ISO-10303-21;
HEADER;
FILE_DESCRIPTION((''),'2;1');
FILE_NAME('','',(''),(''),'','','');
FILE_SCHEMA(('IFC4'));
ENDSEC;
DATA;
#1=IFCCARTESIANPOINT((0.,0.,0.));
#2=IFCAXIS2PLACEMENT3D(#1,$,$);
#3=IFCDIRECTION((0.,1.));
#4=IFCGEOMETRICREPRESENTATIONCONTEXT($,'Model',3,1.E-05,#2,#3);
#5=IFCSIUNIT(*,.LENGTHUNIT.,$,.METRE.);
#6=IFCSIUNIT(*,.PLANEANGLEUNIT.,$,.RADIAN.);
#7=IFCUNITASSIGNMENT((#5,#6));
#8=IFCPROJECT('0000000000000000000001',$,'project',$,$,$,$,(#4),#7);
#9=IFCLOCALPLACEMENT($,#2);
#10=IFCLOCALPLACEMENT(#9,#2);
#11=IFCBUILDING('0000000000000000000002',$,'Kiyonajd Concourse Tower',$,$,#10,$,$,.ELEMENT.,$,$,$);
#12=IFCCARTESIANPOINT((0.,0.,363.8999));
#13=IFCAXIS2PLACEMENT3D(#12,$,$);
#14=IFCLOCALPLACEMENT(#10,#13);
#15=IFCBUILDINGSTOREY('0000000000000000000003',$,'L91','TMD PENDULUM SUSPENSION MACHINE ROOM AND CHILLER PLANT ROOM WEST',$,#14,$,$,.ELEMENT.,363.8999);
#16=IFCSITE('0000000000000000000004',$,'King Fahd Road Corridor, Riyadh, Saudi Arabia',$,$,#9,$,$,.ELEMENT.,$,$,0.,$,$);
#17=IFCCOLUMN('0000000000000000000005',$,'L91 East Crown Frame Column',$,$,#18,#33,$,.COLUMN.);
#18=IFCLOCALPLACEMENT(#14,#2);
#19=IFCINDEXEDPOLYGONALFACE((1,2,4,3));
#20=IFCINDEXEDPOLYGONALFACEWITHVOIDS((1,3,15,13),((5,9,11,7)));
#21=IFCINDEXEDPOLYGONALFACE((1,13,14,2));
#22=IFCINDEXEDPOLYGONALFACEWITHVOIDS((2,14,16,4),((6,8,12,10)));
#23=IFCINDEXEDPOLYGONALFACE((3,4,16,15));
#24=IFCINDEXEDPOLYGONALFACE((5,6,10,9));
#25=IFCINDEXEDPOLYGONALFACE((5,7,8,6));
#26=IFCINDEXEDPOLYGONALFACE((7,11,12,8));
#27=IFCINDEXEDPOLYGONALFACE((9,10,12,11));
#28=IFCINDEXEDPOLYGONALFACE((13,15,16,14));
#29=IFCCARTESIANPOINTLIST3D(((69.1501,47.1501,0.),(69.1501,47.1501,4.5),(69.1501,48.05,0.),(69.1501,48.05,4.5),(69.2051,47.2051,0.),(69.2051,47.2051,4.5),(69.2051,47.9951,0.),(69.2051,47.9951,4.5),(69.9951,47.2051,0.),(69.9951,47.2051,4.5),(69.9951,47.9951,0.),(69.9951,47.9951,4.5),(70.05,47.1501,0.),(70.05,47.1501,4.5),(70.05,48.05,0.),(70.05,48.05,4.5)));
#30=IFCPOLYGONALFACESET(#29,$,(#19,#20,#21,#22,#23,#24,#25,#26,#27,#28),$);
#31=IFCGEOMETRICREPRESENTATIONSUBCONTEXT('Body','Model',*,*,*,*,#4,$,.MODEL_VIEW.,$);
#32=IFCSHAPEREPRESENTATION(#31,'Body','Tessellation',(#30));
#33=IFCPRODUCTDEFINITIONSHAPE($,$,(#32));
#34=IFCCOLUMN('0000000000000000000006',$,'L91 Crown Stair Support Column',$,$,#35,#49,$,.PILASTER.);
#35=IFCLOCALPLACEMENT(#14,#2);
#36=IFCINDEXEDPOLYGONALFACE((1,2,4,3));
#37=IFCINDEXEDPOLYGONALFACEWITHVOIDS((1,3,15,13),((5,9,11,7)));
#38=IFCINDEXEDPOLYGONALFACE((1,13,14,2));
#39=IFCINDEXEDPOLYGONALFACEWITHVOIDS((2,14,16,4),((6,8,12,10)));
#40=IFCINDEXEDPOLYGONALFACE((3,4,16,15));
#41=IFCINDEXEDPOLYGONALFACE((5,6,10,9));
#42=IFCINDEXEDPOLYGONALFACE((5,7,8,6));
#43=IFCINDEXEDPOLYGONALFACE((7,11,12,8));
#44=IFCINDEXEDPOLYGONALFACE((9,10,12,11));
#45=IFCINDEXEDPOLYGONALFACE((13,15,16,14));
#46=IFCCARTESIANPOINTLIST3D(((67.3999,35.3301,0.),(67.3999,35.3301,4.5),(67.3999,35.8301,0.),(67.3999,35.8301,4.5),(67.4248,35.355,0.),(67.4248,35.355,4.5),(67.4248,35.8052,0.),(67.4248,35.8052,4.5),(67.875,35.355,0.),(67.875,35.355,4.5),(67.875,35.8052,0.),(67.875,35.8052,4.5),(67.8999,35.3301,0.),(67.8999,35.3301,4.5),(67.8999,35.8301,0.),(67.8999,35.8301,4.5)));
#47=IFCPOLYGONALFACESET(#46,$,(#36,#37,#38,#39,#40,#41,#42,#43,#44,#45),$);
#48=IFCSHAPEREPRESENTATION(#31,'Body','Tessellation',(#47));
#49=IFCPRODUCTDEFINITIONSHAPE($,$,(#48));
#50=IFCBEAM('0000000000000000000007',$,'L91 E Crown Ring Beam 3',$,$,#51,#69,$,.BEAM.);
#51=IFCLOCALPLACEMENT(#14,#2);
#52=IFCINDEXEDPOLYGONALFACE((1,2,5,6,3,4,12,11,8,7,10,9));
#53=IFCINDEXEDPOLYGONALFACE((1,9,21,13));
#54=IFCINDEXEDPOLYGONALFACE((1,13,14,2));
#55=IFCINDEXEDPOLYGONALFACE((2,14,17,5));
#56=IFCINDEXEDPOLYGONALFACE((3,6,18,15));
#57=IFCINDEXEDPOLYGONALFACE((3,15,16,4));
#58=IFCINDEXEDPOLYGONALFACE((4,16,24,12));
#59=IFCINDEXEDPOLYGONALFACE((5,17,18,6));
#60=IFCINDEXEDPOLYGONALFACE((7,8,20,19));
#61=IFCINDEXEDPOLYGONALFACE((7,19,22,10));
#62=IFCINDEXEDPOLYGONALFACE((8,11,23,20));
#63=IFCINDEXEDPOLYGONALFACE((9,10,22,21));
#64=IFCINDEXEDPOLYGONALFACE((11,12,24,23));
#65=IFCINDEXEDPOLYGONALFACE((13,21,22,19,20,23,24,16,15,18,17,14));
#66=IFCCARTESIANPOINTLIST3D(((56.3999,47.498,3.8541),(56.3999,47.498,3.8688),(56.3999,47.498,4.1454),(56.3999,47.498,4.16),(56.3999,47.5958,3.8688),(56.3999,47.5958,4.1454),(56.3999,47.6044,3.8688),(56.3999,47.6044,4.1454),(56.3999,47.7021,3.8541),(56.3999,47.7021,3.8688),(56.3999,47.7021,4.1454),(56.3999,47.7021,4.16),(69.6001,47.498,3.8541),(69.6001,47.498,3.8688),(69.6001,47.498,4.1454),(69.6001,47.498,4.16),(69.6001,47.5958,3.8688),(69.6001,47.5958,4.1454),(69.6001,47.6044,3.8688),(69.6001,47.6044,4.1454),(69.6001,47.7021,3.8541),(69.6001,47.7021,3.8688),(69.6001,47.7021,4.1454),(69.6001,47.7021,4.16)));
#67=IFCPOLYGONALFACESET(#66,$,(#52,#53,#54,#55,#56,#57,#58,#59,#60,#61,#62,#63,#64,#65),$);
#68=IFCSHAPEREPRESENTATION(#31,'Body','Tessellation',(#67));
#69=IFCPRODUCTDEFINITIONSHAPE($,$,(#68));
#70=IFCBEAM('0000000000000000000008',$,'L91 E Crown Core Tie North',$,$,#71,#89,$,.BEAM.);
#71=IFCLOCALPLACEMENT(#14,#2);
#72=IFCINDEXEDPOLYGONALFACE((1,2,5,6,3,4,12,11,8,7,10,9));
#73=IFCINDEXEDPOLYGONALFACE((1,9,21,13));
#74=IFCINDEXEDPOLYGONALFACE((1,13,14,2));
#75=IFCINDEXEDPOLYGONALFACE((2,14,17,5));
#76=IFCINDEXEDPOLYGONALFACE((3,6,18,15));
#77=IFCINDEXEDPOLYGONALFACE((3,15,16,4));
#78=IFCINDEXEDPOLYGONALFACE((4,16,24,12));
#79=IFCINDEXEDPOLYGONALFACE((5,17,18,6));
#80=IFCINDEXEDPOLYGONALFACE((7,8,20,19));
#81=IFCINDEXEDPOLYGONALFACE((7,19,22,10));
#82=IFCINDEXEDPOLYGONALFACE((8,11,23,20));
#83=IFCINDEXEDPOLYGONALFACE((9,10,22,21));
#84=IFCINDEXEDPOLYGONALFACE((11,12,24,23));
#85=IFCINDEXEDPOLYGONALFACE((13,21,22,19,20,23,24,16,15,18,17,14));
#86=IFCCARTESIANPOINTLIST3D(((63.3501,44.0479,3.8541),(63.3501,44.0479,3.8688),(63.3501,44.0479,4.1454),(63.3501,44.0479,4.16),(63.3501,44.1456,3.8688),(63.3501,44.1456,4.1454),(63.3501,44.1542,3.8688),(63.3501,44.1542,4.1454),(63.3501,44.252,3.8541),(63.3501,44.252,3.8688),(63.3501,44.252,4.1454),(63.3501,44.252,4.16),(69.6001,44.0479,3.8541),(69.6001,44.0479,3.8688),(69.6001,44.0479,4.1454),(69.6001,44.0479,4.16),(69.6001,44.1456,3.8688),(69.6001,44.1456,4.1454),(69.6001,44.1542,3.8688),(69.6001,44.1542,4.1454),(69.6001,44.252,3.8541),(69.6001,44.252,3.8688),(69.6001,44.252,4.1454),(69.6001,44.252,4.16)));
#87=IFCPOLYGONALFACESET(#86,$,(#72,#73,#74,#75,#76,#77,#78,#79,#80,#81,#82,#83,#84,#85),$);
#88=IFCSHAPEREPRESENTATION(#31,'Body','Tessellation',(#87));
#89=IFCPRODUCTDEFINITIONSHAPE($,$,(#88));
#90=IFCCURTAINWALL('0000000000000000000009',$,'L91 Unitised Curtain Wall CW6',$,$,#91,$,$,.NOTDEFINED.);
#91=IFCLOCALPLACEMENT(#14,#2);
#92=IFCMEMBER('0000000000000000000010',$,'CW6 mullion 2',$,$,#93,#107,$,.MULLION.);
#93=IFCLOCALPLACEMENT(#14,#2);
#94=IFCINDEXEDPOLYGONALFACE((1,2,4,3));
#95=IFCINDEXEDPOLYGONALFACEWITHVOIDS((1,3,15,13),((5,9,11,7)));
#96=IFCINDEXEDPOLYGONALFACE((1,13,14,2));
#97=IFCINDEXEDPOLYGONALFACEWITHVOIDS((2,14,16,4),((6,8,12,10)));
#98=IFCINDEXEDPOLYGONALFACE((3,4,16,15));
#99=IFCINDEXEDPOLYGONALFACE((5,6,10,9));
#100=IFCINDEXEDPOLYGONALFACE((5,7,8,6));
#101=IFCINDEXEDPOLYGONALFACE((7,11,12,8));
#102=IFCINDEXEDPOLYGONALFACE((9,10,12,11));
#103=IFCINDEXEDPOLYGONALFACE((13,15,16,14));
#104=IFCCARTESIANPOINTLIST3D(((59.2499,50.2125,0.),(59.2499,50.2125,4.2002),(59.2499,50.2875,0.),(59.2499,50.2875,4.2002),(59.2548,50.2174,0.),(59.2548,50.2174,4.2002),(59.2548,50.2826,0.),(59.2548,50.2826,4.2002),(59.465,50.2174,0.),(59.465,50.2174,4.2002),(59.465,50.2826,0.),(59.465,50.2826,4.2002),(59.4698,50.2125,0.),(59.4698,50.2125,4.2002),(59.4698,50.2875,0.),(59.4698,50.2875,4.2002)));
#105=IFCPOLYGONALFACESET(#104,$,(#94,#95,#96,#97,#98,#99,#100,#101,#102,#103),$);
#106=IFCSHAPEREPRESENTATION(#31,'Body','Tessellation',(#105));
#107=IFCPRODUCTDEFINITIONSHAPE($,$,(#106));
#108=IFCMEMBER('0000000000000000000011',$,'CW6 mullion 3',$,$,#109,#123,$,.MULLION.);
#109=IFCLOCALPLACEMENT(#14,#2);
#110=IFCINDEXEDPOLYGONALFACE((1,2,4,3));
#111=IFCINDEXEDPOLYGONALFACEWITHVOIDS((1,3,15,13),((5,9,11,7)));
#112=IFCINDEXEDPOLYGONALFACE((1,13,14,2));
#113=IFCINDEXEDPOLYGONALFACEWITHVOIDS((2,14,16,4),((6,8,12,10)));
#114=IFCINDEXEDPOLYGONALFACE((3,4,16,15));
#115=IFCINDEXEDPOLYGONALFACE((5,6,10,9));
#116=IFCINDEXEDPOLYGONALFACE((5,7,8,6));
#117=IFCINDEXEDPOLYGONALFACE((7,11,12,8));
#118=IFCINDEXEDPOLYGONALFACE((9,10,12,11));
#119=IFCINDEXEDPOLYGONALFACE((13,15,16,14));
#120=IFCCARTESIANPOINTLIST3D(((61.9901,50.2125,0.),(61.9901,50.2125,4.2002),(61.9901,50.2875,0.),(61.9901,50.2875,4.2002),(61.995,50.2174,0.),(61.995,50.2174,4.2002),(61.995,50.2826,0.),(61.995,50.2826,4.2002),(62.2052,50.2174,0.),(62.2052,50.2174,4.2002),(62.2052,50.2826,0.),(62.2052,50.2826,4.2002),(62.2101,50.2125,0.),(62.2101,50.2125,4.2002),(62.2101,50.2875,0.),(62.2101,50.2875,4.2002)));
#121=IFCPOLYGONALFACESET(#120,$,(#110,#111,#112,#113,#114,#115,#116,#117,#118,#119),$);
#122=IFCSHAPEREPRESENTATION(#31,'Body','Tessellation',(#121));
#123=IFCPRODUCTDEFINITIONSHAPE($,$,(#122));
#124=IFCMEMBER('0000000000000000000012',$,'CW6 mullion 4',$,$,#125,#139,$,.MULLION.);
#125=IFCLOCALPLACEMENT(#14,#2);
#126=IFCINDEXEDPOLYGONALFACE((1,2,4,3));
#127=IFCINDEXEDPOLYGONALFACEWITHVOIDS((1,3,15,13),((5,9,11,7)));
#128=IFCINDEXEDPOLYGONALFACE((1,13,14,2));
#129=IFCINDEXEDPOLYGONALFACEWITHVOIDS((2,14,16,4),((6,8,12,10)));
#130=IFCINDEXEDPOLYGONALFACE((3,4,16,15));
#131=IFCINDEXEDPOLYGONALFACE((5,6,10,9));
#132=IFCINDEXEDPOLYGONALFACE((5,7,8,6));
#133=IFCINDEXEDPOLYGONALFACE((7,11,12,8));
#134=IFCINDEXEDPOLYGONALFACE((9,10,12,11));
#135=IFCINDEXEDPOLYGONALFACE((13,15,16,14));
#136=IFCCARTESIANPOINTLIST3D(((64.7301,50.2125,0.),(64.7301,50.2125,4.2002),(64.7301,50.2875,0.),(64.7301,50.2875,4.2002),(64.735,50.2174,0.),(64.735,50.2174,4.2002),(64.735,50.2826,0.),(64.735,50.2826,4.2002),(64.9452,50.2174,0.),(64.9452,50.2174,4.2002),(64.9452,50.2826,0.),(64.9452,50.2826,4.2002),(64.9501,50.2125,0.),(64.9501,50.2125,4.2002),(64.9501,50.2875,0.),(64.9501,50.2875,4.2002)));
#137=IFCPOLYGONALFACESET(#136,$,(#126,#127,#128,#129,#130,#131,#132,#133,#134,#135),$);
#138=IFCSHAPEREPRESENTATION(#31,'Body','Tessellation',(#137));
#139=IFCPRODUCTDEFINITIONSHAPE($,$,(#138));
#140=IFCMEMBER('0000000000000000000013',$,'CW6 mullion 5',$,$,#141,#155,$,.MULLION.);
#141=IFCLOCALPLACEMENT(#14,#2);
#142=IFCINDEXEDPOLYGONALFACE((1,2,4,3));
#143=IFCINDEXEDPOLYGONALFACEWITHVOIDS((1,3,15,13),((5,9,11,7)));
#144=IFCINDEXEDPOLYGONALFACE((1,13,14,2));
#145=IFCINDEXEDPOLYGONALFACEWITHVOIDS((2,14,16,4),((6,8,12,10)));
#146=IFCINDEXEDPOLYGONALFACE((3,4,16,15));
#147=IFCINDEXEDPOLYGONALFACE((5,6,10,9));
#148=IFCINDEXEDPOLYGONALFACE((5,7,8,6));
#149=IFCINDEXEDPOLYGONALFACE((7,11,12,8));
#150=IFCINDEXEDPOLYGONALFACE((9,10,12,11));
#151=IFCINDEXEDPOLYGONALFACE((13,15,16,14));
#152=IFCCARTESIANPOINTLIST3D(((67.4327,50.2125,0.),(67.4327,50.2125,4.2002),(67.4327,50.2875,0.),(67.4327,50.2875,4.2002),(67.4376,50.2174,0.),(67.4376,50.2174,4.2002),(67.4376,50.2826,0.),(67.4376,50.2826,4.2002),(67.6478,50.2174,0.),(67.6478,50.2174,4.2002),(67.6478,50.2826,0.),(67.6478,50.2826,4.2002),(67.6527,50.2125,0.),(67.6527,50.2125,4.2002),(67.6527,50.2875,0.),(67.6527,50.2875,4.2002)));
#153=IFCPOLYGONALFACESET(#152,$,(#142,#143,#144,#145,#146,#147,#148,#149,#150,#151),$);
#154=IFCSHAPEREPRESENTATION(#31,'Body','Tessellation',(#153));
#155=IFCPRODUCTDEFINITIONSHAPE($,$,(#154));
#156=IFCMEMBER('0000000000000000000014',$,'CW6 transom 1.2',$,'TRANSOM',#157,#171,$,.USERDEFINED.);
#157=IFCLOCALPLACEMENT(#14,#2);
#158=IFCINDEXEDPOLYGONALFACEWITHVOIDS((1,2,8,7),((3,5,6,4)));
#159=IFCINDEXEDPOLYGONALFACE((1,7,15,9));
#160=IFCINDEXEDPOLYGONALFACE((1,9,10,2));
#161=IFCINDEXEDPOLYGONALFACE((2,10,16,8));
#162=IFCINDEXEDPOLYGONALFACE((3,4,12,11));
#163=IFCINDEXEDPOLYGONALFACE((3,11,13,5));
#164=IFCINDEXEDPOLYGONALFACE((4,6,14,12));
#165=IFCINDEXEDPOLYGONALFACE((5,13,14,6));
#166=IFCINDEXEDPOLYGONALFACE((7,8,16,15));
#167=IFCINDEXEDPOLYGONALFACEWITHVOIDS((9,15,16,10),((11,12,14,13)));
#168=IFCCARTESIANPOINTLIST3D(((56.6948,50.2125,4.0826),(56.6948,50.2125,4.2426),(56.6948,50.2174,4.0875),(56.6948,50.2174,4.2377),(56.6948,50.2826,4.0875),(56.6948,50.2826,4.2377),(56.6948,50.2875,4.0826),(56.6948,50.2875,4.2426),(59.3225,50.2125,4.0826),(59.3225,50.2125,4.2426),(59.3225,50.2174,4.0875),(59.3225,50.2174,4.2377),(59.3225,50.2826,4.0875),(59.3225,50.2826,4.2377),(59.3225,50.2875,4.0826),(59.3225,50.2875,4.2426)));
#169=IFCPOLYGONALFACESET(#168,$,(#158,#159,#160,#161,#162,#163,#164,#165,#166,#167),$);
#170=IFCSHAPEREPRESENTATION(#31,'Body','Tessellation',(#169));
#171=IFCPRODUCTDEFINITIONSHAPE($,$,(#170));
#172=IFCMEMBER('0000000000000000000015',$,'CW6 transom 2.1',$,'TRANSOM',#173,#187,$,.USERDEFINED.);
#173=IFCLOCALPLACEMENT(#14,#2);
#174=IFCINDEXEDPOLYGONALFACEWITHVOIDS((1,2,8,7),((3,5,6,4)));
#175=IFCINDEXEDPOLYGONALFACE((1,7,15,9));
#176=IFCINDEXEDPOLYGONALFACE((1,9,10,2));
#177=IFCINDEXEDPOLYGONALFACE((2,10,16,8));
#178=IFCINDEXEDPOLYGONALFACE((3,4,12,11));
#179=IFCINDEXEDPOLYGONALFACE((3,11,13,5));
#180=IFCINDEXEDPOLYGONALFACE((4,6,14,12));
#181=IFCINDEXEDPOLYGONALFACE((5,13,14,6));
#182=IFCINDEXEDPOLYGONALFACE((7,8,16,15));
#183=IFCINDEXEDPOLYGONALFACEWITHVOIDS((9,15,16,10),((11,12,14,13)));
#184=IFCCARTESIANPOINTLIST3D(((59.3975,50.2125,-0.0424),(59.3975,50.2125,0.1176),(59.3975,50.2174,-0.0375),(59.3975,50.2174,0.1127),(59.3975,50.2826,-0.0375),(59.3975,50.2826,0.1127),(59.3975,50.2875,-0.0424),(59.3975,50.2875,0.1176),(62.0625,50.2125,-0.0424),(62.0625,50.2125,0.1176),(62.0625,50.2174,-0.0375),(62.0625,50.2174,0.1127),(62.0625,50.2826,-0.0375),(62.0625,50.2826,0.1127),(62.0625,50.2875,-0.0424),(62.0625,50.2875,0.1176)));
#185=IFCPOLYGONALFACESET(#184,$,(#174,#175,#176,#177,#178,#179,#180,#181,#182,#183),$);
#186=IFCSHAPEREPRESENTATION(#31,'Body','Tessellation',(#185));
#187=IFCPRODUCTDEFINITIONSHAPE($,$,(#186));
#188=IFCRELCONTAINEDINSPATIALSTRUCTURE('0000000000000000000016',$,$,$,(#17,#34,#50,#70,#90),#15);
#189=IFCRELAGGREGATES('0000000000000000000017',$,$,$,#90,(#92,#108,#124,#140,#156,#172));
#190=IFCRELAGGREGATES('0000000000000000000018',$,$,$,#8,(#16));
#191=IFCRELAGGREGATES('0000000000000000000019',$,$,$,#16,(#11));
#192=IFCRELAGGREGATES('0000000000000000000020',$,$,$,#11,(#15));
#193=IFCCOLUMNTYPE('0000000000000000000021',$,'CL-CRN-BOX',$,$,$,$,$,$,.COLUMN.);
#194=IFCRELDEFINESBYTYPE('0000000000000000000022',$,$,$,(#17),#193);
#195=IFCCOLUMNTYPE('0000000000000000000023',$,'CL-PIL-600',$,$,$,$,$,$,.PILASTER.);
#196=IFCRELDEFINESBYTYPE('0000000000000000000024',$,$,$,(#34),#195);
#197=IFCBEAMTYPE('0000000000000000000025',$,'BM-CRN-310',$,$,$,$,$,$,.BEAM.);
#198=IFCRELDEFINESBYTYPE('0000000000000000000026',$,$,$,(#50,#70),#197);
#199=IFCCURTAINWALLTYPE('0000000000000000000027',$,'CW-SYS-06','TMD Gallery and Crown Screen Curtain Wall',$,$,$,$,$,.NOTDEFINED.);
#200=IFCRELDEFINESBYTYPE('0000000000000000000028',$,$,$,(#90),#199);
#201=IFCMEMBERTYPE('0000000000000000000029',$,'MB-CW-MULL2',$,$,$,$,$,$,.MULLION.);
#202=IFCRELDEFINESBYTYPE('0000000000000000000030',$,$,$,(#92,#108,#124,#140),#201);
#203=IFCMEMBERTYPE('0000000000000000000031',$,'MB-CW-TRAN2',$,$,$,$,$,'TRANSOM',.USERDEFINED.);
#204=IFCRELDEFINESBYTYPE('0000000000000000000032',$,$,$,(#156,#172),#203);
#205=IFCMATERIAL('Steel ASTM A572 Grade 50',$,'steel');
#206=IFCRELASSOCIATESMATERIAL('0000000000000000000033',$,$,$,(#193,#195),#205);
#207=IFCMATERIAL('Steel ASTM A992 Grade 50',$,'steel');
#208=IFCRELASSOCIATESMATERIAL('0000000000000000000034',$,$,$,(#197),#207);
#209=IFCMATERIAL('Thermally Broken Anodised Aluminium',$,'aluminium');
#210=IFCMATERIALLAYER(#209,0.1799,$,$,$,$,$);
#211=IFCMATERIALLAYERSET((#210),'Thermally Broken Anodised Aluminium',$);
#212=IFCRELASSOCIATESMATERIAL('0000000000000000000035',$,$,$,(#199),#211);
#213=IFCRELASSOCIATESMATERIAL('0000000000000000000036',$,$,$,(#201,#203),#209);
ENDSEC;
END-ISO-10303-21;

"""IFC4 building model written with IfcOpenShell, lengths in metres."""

from ifc_helpers import new_model, si_unit, direction, frame, origin, origin_2d, place, context, subcontext, project, spatial, hollow_rectangle, i_section, extrude, material, layer, layer_set, material_profile, profile_set, type_object, element, aggregate, save


model = new_model("IFC4")

# Units and contexts
model_context = context("Model", 3, precision=1e-05, world=origin(), true_north=direction((0.0, 1.0)))
body_context = subcontext(model_context, "Body", "Model", "MODEL_VIEW")
ifc_project = project(units=[si_unit("LENGTHUNIT", "METRE"), si_unit("PLANEANGLEUNIT", "RADIAN")], contexts=[model_context])

# Site, building, storey
site_placement = place(None, origin())
site = spatial("IfcSite", under=ifc_project, at=site_placement, Name="King Fahd Road Corridor, Riyadh, Saudi Arabia", CompositionType="ELEMENT", RefElevation=0.0)
building_placement = place(site_placement, origin())
building = spatial("IfcBuilding", under=site, at=building_placement, Name="Kiyonajd Concourse Tower", CompositionType="ELEMENT")
storey_placement = place(building_placement, frame((0.0, 0.0, 363.8999)))
storey = spatial("IfcBuildingStorey", under=building, at=storey_placement, Name="L91", Description="TMD PENDULUM SUSPENSION MACHINE ROOM AND CHILLER PLANT ROOM WEST", CompositionType="ELEMENT", Elevation=363.8999)

# Columns
ifc_material_1 = material(Name="Steel ASTM A572 Grade 50", Category="steel")
ifc_material_profile_1 = material_profile(ifc_material_1, hollow_rectangle(XDim=0.8999, YDim=0.8999, WallThickness=0.0549, at=origin_2d()), Name="BOX-900x900x55")
ifc_profile_set_1 = profile_set([ifc_material_profile_1], Name="Steel ASTM A572 Grade 50")
column_type_1 = type_object("IfcColumnType", Name="CL-CRN-BOX", PredefinedType="COLUMN", material=ifc_profile_set_1)
column_1_placement = place(storey_placement, frame((69.6001, 47.6001, 0.0), z_axis=(0.0, 0.0, 1.0), x_axis=(1.0, 0.0, 0.0)))
element("IfcColumn", 1, at=column_1_placement, inside=storey, type_object=column_type_1, Name="L91 East Crown Frame Column", PredefinedType="COLUMN", context=body_context, shape_type="SweptSolid", body=[
    extrude(hollow_rectangle(XDim=0.8999, YDim=0.8999, WallThickness=0.0549, at=origin_2d()), origin(), (0.0, 0.0, 1.0), 4.5),
])
ifc_material_profile_2 = material_profile(ifc_material_1, hollow_rectangle(XDim=0.5, YDim=0.5, WallThickness=0.0249, at=origin_2d()), Name="HSS-500x500x25")
ifc_profile_set_2 = profile_set([ifc_material_profile_2], Name="Steel ASTM A572 Grade 50")
column_type_2 = type_object("IfcColumnType", Name="CL-PIL-600", PredefinedType="PILASTER", material=ifc_profile_set_2)
column_2_placement = place(storey_placement, frame((67.6499, 35.5801, 0.0), z_axis=(0.0, 0.0, 1.0), x_axis=(1.0, 0.0, 0.0)))
element("IfcColumn", 2, at=column_2_placement, inside=storey, type_object=column_type_2, Name="L91 Crown Stair Support Column", PredefinedType="PILASTER", context=body_context, shape_type="SweptSolid", body=[
    extrude(hollow_rectangle(XDim=0.5, YDim=0.5, WallThickness=0.0249, at=origin_2d()), origin(), (0.0, 0.0, 1.0), 4.5),
])

# Beams
ifc_material_2 = material(Name="Steel ASTM A992 Grade 50", Category="steel")
ifc_material_profile_3 = material_profile(ifc_material_2, i_section(OverallWidth=0.2041, OverallDepth=0.3059, WebThickness=0.0085, FlangeThickness=0.0146, at=origin_2d()), Name="W310X67")
ifc_profile_set_3 = profile_set([ifc_material_profile_3], Name="Steel ASTM A992 Grade 50")
beam_type = type_object("IfcBeamType", Name="BM-CRN-310", PredefinedType="BEAM", material=ifc_profile_set_3)
beam_1_placement = place(storey_placement, frame((69.6001, 47.6001, 4.0071), z_axis=(-1.0, 0.0, 0.0), x_axis=(0.0, -1.0, 0.0)))
element("IfcBeam", 3, at=beam_1_placement, inside=storey, type_object=beam_type, Name="L91 E Crown Ring Beam 3", PredefinedType="BEAM", context=body_context, shape_type="SweptSolid", body=[
    extrude(i_section(OverallWidth=0.2041, OverallDepth=0.3059, WebThickness=0.0085, FlangeThickness=0.0146, at=origin_2d()), origin(), (0.0, 0.0, 1.0), 13.2002),
])
beam_2_placement = place(storey_placement, frame((63.3501, 44.1499, 4.0071), z_axis=(1.0, 0.0, 0.0), x_axis=(0.0, 1.0, 0.0)))
element("IfcBeam", 4, at=beam_2_placement, inside=storey, type_object=beam_type, Name="L91 E Crown Core Tie North", PredefinedType="BEAM", context=body_context, shape_type="SweptSolid", body=[
    extrude(i_section(OverallWidth=0.2041, OverallDepth=0.3059, WebThickness=0.0085, FlangeThickness=0.0146, at=origin_2d()), origin(), (0.0, 0.0, 1.0), 6.25),
])

# Curtain wall, members
ifc_material_3 = material(Name="Thermally Broken Anodised Aluminium", Category="aluminium")
ifc_layer_1 = layer(ifc_material_3, 0.1799)
ifc_layer_set_1 = layer_set([ifc_layer_1], Name="Thermally Broken Anodised Aluminium")
curtain_wall_type = type_object("IfcCurtainWallType", Name="CW-SYS-06", Description="TMD Gallery and Crown Screen Curtain Wall", PredefinedType="NOTDEFINED", material=ifc_layer_set_1)
curtain_wall_placement = place(storey_placement, origin())
curtain_wall = element("IfcCurtainWall", 5, at=curtain_wall_placement, inside=storey, type_object=curtain_wall_type, Name="L91 Unitised Curtain Wall CW6", PredefinedType="NOTDEFINED")
ifc_material_profile_4 = material_profile(ifc_material_3, hollow_rectangle(XDim=0.075, YDim=0.22, WallThickness=0.0049, at=origin_2d()), Name="MULL-75x220")
ifc_profile_set_4 = profile_set([ifc_material_profile_4], Name="Thermally Broken Anodised Aluminium")
member_type_1 = type_object("IfcMemberType", Name="MB-CW-MULL2", PredefinedType="MULLION", material=ifc_profile_set_4)
member_1_placement = place(storey_placement, frame((59.3599, 50.25, 0.0), z_axis=(0.0, 0.0, 1.0), x_axis=(0.0, 1.0, 0.0)))
member_1 = element("IfcMember", 6, at=member_1_placement, type_object=member_type_1, Name="CW6 mullion 2", PredefinedType="MULLION", context=body_context, shape_type="SweptSolid", body=[
    extrude(hollow_rectangle(XDim=0.075, YDim=0.22, WallThickness=0.0049, at=origin_2d()), origin(), (0.0, 0.0, 1.0), 4.2002),
])
member_2_placement = place(storey_placement, frame((62.1001, 50.25, 0.0), z_axis=(0.0, 0.0, 1.0), x_axis=(0.0, 1.0, 0.0)))
member_2 = element("IfcMember", 7, at=member_2_placement, type_object=member_type_1, Name="CW6 mullion 3", PredefinedType="MULLION", context=body_context, shape_type="SweptSolid", body=[
    extrude(hollow_rectangle(XDim=0.075, YDim=0.22, WallThickness=0.0049, at=origin_2d()), origin(), (0.0, 0.0, 1.0), 4.2002),
])
member_3_placement = place(storey_placement, frame((64.8401, 50.25, 0.0), z_axis=(0.0, 0.0, 1.0), x_axis=(0.0, 1.0, 0.0)))
member_3 = element("IfcMember", 8, at=member_3_placement, type_object=member_type_1, Name="CW6 mullion 4", PredefinedType="MULLION", context=body_context, shape_type="SweptSolid", body=[
    extrude(hollow_rectangle(XDim=0.075, YDim=0.22, WallThickness=0.0049, at=origin_2d()), origin(), (0.0, 0.0, 1.0), 4.2002),
])
member_4_placement = place(storey_placement, frame((67.5427, 50.25, 0.0), z_axis=(0.0, 0.0, 1.0), x_axis=(0.0, 1.0, 0.0)))
member_4 = element("IfcMember", 9, at=member_4_placement, type_object=member_type_1, Name="CW6 mullion 5", PredefinedType="MULLION", context=body_context, shape_type="SweptSolid", body=[
    extrude(hollow_rectangle(XDim=0.075, YDim=0.22, WallThickness=0.0049, at=origin_2d()), origin(), (0.0, 0.0, 1.0), 4.2002),
])
ifc_material_profile_5 = material_profile(ifc_material_3, hollow_rectangle(XDim=0.075, YDim=0.1599, WallThickness=0.0049, at=origin_2d()), Name="TRAN-75x160")
ifc_profile_set_5 = profile_set([ifc_material_profile_5], Name="Thermally Broken Anodised Aluminium")
member_type_2 = type_object("IfcMemberType", Name="MB-CW-TRAN2", ElementType="TRANSOM", PredefinedType="USERDEFINED", material=ifc_profile_set_5)
member_5_placement = place(storey_placement, frame((56.6948, 50.25, 4.1626), z_axis=(1.0, 0.0, 0.0), x_axis=(0.0, 1.0, 0.0)))
member_5 = element("IfcMember", 10, at=member_5_placement, type_object=member_type_2, Name="CW6 transom 1.2", ObjectType="TRANSOM", PredefinedType="USERDEFINED", context=body_context, shape_type="SweptSolid", body=[
    extrude(hollow_rectangle(XDim=0.075, YDim=0.1599, WallThickness=0.0049, at=origin_2d()), origin(), (0.0, 0.0, 1.0), 2.6277),
])
member_6_placement = place(storey_placement, frame((59.3975, 50.25, 0.0376), z_axis=(1.0, 0.0, 0.0), x_axis=(0.0, 1.0, 0.0)))
member_6 = element("IfcMember", 11, at=member_6_placement, type_object=member_type_2, Name="CW6 transom 2.1", ObjectType="TRANSOM", PredefinedType="USERDEFINED", context=body_context, shape_type="SweptSolid", body=[
    extrude(hollow_rectangle(XDim=0.075, YDim=0.1599, WallThickness=0.0049, at=origin_2d()), origin(), (0.0, 0.0, 1.0), 2.665),
])

aggregate(curtain_wall, [member_1, member_2, member_3, member_4, member_5, member_6])

save(model, "model.ifc")
